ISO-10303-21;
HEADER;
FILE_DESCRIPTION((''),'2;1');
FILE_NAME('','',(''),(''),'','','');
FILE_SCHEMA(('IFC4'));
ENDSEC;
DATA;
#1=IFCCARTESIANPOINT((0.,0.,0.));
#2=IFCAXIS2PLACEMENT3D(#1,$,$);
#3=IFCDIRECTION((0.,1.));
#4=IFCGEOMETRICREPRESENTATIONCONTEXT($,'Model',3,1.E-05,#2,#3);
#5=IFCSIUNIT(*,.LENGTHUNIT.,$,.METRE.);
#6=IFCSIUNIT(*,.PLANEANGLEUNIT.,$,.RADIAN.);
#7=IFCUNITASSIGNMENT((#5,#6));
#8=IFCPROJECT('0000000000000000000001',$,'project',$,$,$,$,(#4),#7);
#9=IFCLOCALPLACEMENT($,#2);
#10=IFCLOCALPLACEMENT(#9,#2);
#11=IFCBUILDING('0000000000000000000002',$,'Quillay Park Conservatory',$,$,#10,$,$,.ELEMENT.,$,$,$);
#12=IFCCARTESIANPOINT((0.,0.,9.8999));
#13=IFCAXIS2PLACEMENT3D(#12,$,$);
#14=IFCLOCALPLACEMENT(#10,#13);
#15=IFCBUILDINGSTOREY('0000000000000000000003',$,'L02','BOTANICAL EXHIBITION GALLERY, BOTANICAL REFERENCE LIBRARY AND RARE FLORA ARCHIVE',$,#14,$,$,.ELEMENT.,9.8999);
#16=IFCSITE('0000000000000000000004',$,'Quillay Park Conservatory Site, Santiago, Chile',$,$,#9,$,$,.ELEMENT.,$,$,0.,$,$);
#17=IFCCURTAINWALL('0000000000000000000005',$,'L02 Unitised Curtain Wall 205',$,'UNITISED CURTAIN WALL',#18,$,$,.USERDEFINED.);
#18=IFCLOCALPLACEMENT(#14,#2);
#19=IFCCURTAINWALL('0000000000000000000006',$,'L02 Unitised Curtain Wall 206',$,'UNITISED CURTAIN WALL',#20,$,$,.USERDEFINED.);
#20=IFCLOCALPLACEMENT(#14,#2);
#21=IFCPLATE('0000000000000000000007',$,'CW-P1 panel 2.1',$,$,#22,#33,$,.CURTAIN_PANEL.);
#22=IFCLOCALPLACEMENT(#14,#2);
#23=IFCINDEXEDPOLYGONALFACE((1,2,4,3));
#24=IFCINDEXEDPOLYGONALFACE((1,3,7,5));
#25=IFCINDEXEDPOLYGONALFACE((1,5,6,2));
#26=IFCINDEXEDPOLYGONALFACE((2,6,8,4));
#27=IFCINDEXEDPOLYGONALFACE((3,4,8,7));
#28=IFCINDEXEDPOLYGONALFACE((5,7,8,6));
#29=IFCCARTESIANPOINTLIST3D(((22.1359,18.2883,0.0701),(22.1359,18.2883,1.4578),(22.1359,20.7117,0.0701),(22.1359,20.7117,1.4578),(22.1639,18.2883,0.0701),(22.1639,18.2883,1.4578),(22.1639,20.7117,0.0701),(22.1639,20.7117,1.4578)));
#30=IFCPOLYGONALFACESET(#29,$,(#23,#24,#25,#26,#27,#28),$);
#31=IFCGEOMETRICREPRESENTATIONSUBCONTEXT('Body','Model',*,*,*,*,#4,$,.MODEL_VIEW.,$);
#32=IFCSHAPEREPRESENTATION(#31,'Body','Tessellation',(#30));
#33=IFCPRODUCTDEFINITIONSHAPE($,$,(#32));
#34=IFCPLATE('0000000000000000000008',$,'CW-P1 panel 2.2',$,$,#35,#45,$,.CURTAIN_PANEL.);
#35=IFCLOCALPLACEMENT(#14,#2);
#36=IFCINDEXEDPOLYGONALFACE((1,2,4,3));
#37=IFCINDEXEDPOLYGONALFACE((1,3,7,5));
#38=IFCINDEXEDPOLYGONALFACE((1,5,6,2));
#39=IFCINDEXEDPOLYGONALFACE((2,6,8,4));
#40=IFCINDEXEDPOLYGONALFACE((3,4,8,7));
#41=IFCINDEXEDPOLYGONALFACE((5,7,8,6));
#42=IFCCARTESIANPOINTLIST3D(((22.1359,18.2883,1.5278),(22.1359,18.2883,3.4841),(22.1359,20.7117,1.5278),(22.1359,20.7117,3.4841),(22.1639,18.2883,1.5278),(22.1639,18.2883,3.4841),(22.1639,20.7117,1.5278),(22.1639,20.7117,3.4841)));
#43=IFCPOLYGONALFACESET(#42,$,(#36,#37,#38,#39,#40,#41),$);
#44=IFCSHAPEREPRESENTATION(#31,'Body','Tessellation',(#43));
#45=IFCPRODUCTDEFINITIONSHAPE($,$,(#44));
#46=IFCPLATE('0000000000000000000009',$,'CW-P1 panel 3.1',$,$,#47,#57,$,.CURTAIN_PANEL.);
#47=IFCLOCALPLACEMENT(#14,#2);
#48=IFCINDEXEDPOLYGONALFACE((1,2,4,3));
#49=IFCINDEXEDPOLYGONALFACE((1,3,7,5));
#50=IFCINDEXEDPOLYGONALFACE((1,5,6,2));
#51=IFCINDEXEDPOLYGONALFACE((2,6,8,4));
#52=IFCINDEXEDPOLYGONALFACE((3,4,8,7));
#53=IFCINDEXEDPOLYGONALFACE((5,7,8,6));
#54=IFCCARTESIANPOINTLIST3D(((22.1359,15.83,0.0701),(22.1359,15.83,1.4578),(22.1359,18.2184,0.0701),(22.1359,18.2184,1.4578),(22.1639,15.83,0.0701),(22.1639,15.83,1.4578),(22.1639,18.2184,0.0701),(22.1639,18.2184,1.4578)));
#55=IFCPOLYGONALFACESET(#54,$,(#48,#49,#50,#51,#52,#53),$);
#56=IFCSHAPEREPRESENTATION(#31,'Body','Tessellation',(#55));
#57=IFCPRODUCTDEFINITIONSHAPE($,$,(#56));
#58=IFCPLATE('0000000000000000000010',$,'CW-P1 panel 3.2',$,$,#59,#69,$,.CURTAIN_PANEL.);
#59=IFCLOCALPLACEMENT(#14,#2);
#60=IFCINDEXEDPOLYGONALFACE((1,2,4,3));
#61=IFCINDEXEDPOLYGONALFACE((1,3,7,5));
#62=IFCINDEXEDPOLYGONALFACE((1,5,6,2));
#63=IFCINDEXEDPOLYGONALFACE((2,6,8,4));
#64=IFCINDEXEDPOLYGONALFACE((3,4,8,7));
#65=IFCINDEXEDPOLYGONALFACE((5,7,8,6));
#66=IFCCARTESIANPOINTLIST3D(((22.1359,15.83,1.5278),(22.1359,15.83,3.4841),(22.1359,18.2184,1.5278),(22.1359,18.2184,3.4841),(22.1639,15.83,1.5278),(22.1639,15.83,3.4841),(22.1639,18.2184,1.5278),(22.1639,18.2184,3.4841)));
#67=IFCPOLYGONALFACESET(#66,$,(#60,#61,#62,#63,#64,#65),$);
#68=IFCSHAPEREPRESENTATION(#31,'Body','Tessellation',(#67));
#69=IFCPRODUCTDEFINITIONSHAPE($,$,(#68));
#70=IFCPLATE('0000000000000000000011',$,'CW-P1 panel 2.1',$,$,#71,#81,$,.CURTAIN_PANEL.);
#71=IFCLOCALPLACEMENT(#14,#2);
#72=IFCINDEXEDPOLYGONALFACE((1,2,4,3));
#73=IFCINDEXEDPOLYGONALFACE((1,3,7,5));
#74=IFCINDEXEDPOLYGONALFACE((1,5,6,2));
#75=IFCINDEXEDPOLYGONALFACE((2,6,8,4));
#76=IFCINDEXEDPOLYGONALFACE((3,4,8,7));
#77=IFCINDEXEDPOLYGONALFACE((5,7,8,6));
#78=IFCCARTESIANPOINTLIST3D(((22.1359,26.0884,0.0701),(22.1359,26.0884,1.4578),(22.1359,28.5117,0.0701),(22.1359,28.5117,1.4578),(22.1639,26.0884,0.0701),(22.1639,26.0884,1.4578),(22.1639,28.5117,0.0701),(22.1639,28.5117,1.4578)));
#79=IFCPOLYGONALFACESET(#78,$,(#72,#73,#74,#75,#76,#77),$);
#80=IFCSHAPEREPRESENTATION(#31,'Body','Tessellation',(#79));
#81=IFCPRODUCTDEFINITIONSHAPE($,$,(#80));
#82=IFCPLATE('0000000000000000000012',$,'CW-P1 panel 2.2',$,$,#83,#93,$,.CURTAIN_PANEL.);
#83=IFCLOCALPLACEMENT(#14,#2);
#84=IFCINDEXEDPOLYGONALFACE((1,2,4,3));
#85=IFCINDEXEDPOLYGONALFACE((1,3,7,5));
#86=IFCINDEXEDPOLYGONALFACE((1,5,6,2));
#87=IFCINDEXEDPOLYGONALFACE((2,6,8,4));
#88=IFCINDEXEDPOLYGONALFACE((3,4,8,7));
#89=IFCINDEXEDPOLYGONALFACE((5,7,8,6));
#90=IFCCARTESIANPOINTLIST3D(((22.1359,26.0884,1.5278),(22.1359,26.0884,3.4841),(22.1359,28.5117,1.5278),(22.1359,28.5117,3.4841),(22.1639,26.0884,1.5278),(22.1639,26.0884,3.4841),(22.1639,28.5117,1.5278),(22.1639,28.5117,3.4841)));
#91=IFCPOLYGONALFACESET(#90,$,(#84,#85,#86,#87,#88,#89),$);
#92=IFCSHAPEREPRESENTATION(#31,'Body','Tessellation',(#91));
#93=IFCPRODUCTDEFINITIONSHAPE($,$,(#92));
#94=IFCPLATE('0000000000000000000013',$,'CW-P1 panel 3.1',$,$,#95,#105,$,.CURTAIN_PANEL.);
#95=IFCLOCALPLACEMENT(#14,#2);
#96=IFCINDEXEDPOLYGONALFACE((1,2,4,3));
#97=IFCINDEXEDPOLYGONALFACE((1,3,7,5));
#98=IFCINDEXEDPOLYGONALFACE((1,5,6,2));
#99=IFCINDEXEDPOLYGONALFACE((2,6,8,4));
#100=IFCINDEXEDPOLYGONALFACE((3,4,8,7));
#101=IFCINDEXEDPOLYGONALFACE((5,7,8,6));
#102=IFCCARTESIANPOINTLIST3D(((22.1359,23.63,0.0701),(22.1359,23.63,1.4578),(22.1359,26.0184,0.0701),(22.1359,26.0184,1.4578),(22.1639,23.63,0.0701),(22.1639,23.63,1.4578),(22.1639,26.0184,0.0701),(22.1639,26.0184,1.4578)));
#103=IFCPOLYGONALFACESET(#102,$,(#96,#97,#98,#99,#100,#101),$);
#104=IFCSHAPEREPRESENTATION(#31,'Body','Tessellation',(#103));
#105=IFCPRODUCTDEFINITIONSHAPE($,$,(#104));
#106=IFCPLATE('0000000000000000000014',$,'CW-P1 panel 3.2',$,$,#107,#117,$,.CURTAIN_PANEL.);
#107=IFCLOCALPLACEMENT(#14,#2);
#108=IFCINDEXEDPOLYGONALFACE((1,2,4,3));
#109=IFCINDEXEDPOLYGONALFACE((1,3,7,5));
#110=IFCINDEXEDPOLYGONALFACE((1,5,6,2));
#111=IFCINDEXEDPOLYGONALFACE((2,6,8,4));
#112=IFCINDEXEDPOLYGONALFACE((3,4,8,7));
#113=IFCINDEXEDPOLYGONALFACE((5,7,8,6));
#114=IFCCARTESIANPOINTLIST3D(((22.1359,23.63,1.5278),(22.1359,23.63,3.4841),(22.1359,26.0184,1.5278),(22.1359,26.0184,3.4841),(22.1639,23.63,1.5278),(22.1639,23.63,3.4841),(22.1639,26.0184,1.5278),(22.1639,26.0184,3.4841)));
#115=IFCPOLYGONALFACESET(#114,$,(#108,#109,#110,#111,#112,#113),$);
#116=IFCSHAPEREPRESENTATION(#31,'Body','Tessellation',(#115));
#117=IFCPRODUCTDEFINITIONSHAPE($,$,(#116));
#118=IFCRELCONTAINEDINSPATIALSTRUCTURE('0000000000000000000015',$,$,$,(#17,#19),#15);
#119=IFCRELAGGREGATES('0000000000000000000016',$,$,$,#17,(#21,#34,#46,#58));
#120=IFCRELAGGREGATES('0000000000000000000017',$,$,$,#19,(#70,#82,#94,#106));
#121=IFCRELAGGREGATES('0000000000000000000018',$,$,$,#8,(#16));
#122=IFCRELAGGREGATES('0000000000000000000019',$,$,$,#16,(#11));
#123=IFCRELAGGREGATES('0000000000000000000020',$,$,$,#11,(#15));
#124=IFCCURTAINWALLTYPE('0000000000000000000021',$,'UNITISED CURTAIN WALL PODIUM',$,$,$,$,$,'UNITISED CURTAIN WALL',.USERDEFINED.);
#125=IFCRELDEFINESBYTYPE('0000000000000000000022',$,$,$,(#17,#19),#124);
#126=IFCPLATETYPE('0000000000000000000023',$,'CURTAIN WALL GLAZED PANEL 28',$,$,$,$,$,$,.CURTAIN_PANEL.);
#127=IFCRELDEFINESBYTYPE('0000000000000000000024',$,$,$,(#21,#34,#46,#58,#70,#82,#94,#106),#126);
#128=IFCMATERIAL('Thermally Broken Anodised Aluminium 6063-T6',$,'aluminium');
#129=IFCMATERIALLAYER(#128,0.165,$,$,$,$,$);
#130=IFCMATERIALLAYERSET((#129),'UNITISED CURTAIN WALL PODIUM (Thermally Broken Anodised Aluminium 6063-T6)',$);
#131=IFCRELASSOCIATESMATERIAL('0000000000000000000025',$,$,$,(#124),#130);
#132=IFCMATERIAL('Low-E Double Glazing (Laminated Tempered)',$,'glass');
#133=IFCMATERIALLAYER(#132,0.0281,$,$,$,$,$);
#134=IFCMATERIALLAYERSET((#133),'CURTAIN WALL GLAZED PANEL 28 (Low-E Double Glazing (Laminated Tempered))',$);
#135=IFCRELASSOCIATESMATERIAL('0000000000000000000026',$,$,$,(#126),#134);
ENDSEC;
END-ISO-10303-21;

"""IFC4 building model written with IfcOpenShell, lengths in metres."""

from ifc_helpers import new_model, si_unit, direction, frame, origin, origin_2d, place, context, subcontext, project, spatial, rectangle, extrude, material, layer, layer_set, type_object, element, aggregate, save


model = new_model("IFC4")

# Units and contexts
model_context = context("Model", 3, precision=1e-05, world=origin(), true_north=direction((0.0, 1.0)))
body_context = subcontext(model_context, "Body", "Model", "MODEL_VIEW")
ifc_project = project(units=[si_unit("LENGTHUNIT", "METRE"), si_unit("PLANEANGLEUNIT", "RADIAN")], contexts=[model_context])

# Site, building, storey
site_placement = place(None, origin())
site = spatial("IfcSite", under=ifc_project, at=site_placement, Name="Quillay Park Conservatory Site, Santiago, Chile", CompositionType="ELEMENT", RefElevation=0.0)
building_placement = place(site_placement, origin())
building = spatial("IfcBuilding", under=site, at=building_placement, Name="Quillay Park Conservatory", CompositionType="ELEMENT")
storey_placement = place(building_placement, frame((0.0, 0.0, 9.8999)))
storey = spatial("IfcBuildingStorey", under=building, at=storey_placement, Name="L02", Description="BOTANICAL EXHIBITION GALLERY, BOTANICAL REFERENCE LIBRARY AND RARE FLORA ARCHIVE", CompositionType="ELEMENT", Elevation=9.8999)

# Curtain walls
ifc_material_1 = material(Name="Thermally Broken Anodised Aluminium 6063-T6", Category="aluminium")
ifc_layer_1 = layer(ifc_material_1, 0.165)
ifc_layer_set_1 = layer_set([ifc_layer_1], Name="UNITISED CURTAIN WALL PODIUM (Thermally Broken Anodised Aluminium 6063-T6)")
curtain_wall_type = type_object("IfcCurtainWallType", Name="UNITISED CURTAIN WALL PODIUM", ElementType="UNITISED CURTAIN WALL", PredefinedType="USERDEFINED", material=ifc_layer_set_1)
curtain_wall_1_placement = place(storey_placement, origin())
curtain_wall_1 = element("IfcCurtainWall", 1, at=curtain_wall_1_placement, inside=storey, type_object=curtain_wall_type, Name="L02 Unitised Curtain Wall 205", ObjectType="UNITISED CURTAIN WALL", PredefinedType="USERDEFINED")
curtain_wall_2_placement = place(storey_placement, origin())
curtain_wall_2 = element("IfcCurtainWall", 2, at=curtain_wall_2_placement, inside=storey, type_object=curtain_wall_type, Name="L02 Unitised Curtain Wall 206", ObjectType="UNITISED CURTAIN WALL", PredefinedType="USERDEFINED")

# Plates
ifc_material_2 = material(Name="Low-E Double Glazing (Laminated Tempered)", Category="glass")
ifc_layer_2 = layer(ifc_material_2, 0.0281)
ifc_layer_set_2 = layer_set([ifc_layer_2], Name="CURTAIN WALL GLAZED PANEL 28 (Low-E Double Glazing (Laminated Tempered))")
plate_type = type_object("IfcPlateType", Name="CURTAIN WALL GLAZED PANEL 28", PredefinedType="CURTAIN_PANEL", material=ifc_layer_set_2)
plate_1_placement = place(storey_placement, frame((22.1499, 19.5, 0.0701), z_axis=(0.0, 0.0, 1.0), x_axis=(0.0, -1.0, 0.0)))
plate_1 = element("IfcPlate", 3, at=plate_1_placement, type_object=plate_type, Name="CW-P1 panel 2.1", PredefinedType="CURTAIN_PANEL", context=body_context, shape_type="SweptSolid", body=[
    extrude(rectangle(XDim=2.4233, YDim=0.0281, at=origin_2d()), origin(), (0.0, 0.0, 1.0), 1.3877),
])
plate_2_placement = place(storey_placement, frame((22.1499, 19.5, 1.5278), z_axis=(0.0, 0.0, 1.0), x_axis=(0.0, -1.0, 0.0)))
plate_2 = element("IfcPlate", 4, at=plate_2_placement, type_object=plate_type, Name="CW-P1 panel 2.2", PredefinedType="CURTAIN_PANEL", context=body_context, shape_type="SweptSolid", body=[
    extrude(rectangle(XDim=2.4233, YDim=0.0281, at=origin_2d()), origin(), (0.0, 0.0, 1.0), 1.9563),
])
plate_3_placement = place(storey_placement, frame((22.1499, 17.0242, 0.0701), z_axis=(0.0, 0.0, 1.0), x_axis=(0.0, -1.0, 0.0)))
plate_3 = element("IfcPlate", 5, at=plate_3_placement, type_object=plate_type, Name="CW-P1 panel 3.1", PredefinedType="CURTAIN_PANEL", context=body_context, shape_type="SweptSolid", body=[
    extrude(rectangle(XDim=2.3884, YDim=0.0281, at=origin_2d()), origin(), (0.0, 0.0, 1.0), 1.3877),
])
plate_4_placement = place(storey_placement, frame((22.1499, 17.0242, 1.5278), z_axis=(0.0, 0.0, 1.0), x_axis=(0.0, -1.0, 0.0)))
plate_4 = element("IfcPlate", 6, at=plate_4_placement, type_object=plate_type, Name="CW-P1 panel 3.2", PredefinedType="CURTAIN_PANEL", context=body_context, shape_type="SweptSolid", body=[
    extrude(rectangle(XDim=2.3884, YDim=0.0281, at=origin_2d()), origin(), (0.0, 0.0, 1.0), 1.9563),
])
aggregate(curtain_wall_1, [plate_1, plate_2, plate_3, plate_4])
plate_5_placement = place(storey_placement, frame((22.1499, 27.3, 0.0701), z_axis=(0.0, 0.0, 1.0), x_axis=(0.0, -1.0, 0.0)))
plate_5 = element("IfcPlate", 7, at=plate_5_placement, type_object=plate_type, Name="CW-P1 panel 2.1", PredefinedType="CURTAIN_PANEL", context=body_context, shape_type="SweptSolid", body=[
    extrude(rectangle(XDim=2.4233, YDim=0.0281, at=origin_2d()), origin(), (0.0, 0.0, 1.0), 1.3877),
])
plate_6_placement = place(storey_placement, frame((22.1499, 27.3, 1.5278), z_axis=(0.0, 0.0, 1.0), x_axis=(0.0, -1.0, 0.0)))
plate_6 = element("IfcPlate", 8, at=plate_6_placement, type_object=plate_type, Name="CW-P1 panel 2.2", PredefinedType="CURTAIN_PANEL", context=body_context, shape_type="SweptSolid", body=[
    extrude(rectangle(XDim=2.4233, YDim=0.0281, at=origin_2d()), origin(), (0.0, 0.0, 1.0), 1.9563),
])
plate_7_placement = place(storey_placement, frame((22.1499, 24.8242, 0.0701), z_axis=(0.0, 0.0, 1.0), x_axis=(0.0, -1.0, 0.0)))
plate_7 = element("IfcPlate", 9, at=plate_7_placement, type_object=plate_type, Name="CW-P1 panel 3.1", PredefinedType="CURTAIN_PANEL", context=body_context, shape_type="SweptSolid", body=[
    extrude(rectangle(XDim=2.3884, YDim=0.0281, at=origin_2d()), origin(), (0.0, 0.0, 1.0), 1.3877),
])
plate_8_placement = place(storey_placement, frame((22.1499, 24.8242, 1.5278), z_axis=(0.0, 0.0, 1.0), x_axis=(0.0, -1.0, 0.0)))
plate_8 = element("IfcPlate", 10, at=plate_8_placement, type_object=plate_type, Name="CW-P1 panel 3.2", PredefinedType="CURTAIN_PANEL", context=body_context, shape_type="SweptSolid", body=[
    extrude(rectangle(XDim=2.3884, YDim=0.0281, at=origin_2d()), origin(), (0.0, 0.0, 1.0), 1.9563),
])
aggregate(curtain_wall_2, [plate_5, plate_6, plate_7, plate_8])

save(model, "model.ifc")
